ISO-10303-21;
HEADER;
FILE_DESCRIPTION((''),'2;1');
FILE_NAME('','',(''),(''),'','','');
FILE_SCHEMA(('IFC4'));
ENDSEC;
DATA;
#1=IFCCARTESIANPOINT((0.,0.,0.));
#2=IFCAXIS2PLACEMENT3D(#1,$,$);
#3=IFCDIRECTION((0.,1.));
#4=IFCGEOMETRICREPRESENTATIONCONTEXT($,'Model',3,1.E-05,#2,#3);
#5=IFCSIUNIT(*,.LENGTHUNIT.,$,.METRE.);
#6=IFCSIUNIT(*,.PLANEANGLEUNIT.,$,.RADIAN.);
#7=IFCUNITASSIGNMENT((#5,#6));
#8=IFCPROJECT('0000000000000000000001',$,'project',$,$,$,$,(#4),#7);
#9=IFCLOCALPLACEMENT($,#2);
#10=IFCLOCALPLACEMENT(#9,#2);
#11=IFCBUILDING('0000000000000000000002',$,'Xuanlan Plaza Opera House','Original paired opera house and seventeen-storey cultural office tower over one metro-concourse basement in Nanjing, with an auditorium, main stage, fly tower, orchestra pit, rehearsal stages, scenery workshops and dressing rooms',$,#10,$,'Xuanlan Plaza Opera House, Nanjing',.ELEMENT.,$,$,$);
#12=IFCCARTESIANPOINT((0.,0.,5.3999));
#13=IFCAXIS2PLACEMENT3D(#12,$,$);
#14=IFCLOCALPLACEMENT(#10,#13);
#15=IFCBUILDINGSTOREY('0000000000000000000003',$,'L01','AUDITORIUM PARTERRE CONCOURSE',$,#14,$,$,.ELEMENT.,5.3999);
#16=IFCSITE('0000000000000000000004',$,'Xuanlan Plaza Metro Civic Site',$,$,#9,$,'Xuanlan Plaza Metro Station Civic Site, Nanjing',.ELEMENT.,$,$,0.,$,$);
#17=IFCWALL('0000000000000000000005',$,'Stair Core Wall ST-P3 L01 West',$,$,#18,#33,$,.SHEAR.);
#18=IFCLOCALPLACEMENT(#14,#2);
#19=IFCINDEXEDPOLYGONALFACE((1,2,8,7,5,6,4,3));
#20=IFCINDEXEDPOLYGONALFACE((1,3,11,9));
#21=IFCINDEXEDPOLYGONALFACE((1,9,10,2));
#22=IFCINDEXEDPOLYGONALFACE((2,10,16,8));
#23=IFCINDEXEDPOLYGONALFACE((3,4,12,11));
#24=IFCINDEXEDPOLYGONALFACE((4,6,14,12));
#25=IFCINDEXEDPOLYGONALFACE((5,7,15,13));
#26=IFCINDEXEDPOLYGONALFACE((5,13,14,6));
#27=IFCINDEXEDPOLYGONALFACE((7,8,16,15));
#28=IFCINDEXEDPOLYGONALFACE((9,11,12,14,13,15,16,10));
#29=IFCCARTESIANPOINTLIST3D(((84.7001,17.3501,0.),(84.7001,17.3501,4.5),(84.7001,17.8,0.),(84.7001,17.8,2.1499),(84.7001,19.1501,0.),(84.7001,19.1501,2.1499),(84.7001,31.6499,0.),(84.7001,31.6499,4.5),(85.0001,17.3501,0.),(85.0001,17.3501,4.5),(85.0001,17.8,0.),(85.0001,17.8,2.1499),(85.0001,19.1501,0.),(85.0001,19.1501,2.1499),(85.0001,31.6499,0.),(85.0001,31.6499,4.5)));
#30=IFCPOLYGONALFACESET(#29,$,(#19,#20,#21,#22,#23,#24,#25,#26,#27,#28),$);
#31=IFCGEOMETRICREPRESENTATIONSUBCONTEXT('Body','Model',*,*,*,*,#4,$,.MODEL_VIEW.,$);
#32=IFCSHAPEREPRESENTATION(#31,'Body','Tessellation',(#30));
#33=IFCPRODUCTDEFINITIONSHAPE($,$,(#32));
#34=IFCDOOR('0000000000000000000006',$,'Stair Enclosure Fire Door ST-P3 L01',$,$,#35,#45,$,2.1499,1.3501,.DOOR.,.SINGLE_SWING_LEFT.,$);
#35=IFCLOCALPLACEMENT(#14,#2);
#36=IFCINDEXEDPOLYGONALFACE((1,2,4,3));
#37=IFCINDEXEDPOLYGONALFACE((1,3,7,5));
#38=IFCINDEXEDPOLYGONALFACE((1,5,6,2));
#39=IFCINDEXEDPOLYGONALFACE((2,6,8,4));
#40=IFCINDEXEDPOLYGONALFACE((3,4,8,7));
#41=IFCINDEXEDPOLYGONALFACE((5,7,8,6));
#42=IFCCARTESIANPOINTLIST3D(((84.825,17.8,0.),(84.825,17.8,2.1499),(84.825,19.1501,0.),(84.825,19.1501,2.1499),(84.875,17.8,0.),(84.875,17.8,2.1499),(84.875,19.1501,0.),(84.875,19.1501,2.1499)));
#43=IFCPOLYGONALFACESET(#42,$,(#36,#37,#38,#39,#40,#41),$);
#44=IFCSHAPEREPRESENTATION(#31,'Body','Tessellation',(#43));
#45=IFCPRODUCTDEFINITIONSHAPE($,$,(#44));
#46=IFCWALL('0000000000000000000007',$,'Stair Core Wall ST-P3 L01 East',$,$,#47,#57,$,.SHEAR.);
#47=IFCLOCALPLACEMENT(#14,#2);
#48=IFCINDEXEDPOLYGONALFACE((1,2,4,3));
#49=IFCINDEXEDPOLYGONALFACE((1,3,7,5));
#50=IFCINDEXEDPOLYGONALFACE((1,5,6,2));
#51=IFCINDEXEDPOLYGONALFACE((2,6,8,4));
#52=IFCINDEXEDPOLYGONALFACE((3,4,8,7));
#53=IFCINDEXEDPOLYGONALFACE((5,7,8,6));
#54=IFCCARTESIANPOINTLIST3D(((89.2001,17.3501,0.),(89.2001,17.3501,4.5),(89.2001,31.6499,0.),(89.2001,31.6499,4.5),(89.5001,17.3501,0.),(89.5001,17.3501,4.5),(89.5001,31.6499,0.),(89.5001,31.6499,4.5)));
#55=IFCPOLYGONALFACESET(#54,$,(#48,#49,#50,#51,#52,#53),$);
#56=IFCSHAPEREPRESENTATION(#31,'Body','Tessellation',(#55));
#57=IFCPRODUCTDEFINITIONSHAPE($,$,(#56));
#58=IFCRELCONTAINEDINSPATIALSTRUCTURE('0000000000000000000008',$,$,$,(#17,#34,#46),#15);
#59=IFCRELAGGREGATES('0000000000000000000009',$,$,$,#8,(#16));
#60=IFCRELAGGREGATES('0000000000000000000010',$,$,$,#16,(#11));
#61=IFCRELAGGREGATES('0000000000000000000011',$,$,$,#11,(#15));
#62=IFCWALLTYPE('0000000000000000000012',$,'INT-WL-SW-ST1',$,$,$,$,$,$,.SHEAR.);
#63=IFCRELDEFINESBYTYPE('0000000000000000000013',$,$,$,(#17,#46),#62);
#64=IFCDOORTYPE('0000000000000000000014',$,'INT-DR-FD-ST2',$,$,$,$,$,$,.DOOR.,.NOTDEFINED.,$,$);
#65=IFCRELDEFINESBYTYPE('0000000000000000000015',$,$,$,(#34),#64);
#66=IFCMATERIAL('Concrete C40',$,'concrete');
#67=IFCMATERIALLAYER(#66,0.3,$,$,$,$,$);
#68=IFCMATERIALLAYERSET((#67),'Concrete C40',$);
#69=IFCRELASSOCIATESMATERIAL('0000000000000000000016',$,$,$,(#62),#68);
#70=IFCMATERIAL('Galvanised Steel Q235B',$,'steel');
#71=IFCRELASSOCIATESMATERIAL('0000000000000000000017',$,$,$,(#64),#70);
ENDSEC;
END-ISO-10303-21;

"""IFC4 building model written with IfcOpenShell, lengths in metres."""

from ifc_helpers import new_model, si_unit, direction, frame, frame_2d, origin, place, context, subcontext, project, spatial, rectangle, extrude, material, layer, layer_set, type_object, element, fill, save


model = new_model("IFC4")

# Units and contexts
model_context = context("Model", 3, precision=1e-05, world=origin(), true_north=direction((0.0, 1.0)))
body_context = subcontext(model_context, "Body", "Model", "MODEL_VIEW")
ifc_project = project(units=[si_unit("LENGTHUNIT", "METRE"), si_unit("PLANEANGLEUNIT", "RADIAN")], contexts=[model_context])

# Site, building, storey
site_placement = place(None, origin())
site = spatial("IfcSite", under=ifc_project, at=site_placement, Name="Xuanlan Plaza Metro Civic Site", LongName="Xuanlan Plaza Metro Station Civic Site, Nanjing", CompositionType="ELEMENT", RefElevation=0.0)
building_placement = place(site_placement, origin())
building = spatial("IfcBuilding", under=site, at=building_placement, Name="Xuanlan Plaza Opera House", Description="Original paired opera house and seventeen-storey cultural office tower over one metro-concourse basement in Nanjing, with an auditorium, main stage, fly tower, orchestra pit, rehearsal stages, scenery workshops and dressing rooms", LongName="Xuanlan Plaza Opera House, Nanjing", CompositionType="ELEMENT")
storey_placement = place(building_placement, frame((0.0, 0.0, 5.3999)))
storey = spatial("IfcBuildingStorey", under=building, at=storey_placement, Name="L01", Description="AUDITORIUM PARTERRE CONCOURSE", CompositionType="ELEMENT", Elevation=5.3999)

# Shared definitions
ifc_material_1 = material(Name="Concrete C40", Category="concrete")

# Shared definitions
ifc_layer_1 = layer(ifc_material_1, 0.3)
ifc_layer_set_1 = layer_set([ifc_layer_1], Name="Concrete C40")
wall_type_1 = type_object("IfcWallType", Name="INT-WL-SW-ST1", PredefinedType="SHEAR", material=ifc_layer_set_1)

# Wall, opening, door
wall_1_placement = place(storey_placement, frame((84.8501, 17.3501, 0.0), z_axis=(0.0, 0.0, 1.0), x_axis=(0.0, 1.0, 0.0)))
wall_1 = element("IfcWall", 1, at=wall_1_placement, inside=storey, type_object=wall_type_1, Name="Stair Core Wall ST-P3 L01 West", PredefinedType="SHEAR", context=body_context, shape_type="SweptSolid", body=[
    extrude(rectangle(XDim=14.2998, YDim=0.3, at=frame_2d((7.1499, 0.0))), origin(), (0.0, 0.0, 1.0), 4.5),
])
opening_1_placement = place(wall_1_placement, frame((0.45, 0.0, 0.0)))
opening_1 = element("IfcOpeningElement", 2, at=opening_1_placement, cuts=wall_1, PredefinedType="OPENING", context=body_context, shape_type="SweptSolid", body=[
    extrude(rectangle(XDim=1.3501, YDim=2.1499, at=frame_2d((0.675, 1.075))), frame((0.0, 0.1599, 0.0), z_axis=(0.0, -1.0, 0.0), x_axis=(1.0, 0.0, 0.0)), (0.0, 0.0, 1.0), 0.3201),
])
ifc_material_2 = material(Name="Galvanised Steel Q235B", Category="steel")
door_type_1 = type_object("IfcDoorType", Name="INT-DR-FD-ST2", OperationType="NOTDEFINED", PredefinedType="DOOR", material=ifc_material_2)
door_1_placement = place(opening_1_placement, frame((1.3501, 0.0, 0.0), z_axis=(0.0, 0.0, 1.0), x_axis=(-1.0, 0.0, 0.0)))
door_1 = element("IfcDoor", 3, at=door_1_placement, inside=storey, type_object=door_type_1, Name="Stair Enclosure Fire Door ST-P3 L01", OperationType="SINGLE_SWING_LEFT", OverallHeight=2.1499, OverallWidth=1.3501, PredefinedType="DOOR", context=body_context, shape_type="SweptSolid", body=[
    extrude(rectangle(XDim=1.3501, YDim=2.1499, at=frame_2d((0.675, 1.075))), frame((0.0, 0.0249, 0.0), z_axis=(0.0, -1.0, 0.0), x_axis=(1.0, 0.0, 0.0)), (0.0, 0.0, 1.0), 0.05),
])
fill(opening_1, door_1)

# Wall
wall_2_placement = place(storey_placement, frame((89.3501, 17.3501, 0.0), z_axis=(0.0, 0.0, 1.0), x_axis=(0.0, 1.0, 0.0)))
element("IfcWall", 4, at=wall_2_placement, inside=storey, type_object=wall_type_1, Name="Stair Core Wall ST-P3 L01 East", PredefinedType="SHEAR", context=body_context, shape_type="SweptSolid", body=[
    extrude(rectangle(XDim=14.2998, YDim=0.3, at=frame_2d((7.1499, 0.0))), origin(), (0.0, 0.0, 1.0), 4.5),
])

save(model, "model.ifc")
